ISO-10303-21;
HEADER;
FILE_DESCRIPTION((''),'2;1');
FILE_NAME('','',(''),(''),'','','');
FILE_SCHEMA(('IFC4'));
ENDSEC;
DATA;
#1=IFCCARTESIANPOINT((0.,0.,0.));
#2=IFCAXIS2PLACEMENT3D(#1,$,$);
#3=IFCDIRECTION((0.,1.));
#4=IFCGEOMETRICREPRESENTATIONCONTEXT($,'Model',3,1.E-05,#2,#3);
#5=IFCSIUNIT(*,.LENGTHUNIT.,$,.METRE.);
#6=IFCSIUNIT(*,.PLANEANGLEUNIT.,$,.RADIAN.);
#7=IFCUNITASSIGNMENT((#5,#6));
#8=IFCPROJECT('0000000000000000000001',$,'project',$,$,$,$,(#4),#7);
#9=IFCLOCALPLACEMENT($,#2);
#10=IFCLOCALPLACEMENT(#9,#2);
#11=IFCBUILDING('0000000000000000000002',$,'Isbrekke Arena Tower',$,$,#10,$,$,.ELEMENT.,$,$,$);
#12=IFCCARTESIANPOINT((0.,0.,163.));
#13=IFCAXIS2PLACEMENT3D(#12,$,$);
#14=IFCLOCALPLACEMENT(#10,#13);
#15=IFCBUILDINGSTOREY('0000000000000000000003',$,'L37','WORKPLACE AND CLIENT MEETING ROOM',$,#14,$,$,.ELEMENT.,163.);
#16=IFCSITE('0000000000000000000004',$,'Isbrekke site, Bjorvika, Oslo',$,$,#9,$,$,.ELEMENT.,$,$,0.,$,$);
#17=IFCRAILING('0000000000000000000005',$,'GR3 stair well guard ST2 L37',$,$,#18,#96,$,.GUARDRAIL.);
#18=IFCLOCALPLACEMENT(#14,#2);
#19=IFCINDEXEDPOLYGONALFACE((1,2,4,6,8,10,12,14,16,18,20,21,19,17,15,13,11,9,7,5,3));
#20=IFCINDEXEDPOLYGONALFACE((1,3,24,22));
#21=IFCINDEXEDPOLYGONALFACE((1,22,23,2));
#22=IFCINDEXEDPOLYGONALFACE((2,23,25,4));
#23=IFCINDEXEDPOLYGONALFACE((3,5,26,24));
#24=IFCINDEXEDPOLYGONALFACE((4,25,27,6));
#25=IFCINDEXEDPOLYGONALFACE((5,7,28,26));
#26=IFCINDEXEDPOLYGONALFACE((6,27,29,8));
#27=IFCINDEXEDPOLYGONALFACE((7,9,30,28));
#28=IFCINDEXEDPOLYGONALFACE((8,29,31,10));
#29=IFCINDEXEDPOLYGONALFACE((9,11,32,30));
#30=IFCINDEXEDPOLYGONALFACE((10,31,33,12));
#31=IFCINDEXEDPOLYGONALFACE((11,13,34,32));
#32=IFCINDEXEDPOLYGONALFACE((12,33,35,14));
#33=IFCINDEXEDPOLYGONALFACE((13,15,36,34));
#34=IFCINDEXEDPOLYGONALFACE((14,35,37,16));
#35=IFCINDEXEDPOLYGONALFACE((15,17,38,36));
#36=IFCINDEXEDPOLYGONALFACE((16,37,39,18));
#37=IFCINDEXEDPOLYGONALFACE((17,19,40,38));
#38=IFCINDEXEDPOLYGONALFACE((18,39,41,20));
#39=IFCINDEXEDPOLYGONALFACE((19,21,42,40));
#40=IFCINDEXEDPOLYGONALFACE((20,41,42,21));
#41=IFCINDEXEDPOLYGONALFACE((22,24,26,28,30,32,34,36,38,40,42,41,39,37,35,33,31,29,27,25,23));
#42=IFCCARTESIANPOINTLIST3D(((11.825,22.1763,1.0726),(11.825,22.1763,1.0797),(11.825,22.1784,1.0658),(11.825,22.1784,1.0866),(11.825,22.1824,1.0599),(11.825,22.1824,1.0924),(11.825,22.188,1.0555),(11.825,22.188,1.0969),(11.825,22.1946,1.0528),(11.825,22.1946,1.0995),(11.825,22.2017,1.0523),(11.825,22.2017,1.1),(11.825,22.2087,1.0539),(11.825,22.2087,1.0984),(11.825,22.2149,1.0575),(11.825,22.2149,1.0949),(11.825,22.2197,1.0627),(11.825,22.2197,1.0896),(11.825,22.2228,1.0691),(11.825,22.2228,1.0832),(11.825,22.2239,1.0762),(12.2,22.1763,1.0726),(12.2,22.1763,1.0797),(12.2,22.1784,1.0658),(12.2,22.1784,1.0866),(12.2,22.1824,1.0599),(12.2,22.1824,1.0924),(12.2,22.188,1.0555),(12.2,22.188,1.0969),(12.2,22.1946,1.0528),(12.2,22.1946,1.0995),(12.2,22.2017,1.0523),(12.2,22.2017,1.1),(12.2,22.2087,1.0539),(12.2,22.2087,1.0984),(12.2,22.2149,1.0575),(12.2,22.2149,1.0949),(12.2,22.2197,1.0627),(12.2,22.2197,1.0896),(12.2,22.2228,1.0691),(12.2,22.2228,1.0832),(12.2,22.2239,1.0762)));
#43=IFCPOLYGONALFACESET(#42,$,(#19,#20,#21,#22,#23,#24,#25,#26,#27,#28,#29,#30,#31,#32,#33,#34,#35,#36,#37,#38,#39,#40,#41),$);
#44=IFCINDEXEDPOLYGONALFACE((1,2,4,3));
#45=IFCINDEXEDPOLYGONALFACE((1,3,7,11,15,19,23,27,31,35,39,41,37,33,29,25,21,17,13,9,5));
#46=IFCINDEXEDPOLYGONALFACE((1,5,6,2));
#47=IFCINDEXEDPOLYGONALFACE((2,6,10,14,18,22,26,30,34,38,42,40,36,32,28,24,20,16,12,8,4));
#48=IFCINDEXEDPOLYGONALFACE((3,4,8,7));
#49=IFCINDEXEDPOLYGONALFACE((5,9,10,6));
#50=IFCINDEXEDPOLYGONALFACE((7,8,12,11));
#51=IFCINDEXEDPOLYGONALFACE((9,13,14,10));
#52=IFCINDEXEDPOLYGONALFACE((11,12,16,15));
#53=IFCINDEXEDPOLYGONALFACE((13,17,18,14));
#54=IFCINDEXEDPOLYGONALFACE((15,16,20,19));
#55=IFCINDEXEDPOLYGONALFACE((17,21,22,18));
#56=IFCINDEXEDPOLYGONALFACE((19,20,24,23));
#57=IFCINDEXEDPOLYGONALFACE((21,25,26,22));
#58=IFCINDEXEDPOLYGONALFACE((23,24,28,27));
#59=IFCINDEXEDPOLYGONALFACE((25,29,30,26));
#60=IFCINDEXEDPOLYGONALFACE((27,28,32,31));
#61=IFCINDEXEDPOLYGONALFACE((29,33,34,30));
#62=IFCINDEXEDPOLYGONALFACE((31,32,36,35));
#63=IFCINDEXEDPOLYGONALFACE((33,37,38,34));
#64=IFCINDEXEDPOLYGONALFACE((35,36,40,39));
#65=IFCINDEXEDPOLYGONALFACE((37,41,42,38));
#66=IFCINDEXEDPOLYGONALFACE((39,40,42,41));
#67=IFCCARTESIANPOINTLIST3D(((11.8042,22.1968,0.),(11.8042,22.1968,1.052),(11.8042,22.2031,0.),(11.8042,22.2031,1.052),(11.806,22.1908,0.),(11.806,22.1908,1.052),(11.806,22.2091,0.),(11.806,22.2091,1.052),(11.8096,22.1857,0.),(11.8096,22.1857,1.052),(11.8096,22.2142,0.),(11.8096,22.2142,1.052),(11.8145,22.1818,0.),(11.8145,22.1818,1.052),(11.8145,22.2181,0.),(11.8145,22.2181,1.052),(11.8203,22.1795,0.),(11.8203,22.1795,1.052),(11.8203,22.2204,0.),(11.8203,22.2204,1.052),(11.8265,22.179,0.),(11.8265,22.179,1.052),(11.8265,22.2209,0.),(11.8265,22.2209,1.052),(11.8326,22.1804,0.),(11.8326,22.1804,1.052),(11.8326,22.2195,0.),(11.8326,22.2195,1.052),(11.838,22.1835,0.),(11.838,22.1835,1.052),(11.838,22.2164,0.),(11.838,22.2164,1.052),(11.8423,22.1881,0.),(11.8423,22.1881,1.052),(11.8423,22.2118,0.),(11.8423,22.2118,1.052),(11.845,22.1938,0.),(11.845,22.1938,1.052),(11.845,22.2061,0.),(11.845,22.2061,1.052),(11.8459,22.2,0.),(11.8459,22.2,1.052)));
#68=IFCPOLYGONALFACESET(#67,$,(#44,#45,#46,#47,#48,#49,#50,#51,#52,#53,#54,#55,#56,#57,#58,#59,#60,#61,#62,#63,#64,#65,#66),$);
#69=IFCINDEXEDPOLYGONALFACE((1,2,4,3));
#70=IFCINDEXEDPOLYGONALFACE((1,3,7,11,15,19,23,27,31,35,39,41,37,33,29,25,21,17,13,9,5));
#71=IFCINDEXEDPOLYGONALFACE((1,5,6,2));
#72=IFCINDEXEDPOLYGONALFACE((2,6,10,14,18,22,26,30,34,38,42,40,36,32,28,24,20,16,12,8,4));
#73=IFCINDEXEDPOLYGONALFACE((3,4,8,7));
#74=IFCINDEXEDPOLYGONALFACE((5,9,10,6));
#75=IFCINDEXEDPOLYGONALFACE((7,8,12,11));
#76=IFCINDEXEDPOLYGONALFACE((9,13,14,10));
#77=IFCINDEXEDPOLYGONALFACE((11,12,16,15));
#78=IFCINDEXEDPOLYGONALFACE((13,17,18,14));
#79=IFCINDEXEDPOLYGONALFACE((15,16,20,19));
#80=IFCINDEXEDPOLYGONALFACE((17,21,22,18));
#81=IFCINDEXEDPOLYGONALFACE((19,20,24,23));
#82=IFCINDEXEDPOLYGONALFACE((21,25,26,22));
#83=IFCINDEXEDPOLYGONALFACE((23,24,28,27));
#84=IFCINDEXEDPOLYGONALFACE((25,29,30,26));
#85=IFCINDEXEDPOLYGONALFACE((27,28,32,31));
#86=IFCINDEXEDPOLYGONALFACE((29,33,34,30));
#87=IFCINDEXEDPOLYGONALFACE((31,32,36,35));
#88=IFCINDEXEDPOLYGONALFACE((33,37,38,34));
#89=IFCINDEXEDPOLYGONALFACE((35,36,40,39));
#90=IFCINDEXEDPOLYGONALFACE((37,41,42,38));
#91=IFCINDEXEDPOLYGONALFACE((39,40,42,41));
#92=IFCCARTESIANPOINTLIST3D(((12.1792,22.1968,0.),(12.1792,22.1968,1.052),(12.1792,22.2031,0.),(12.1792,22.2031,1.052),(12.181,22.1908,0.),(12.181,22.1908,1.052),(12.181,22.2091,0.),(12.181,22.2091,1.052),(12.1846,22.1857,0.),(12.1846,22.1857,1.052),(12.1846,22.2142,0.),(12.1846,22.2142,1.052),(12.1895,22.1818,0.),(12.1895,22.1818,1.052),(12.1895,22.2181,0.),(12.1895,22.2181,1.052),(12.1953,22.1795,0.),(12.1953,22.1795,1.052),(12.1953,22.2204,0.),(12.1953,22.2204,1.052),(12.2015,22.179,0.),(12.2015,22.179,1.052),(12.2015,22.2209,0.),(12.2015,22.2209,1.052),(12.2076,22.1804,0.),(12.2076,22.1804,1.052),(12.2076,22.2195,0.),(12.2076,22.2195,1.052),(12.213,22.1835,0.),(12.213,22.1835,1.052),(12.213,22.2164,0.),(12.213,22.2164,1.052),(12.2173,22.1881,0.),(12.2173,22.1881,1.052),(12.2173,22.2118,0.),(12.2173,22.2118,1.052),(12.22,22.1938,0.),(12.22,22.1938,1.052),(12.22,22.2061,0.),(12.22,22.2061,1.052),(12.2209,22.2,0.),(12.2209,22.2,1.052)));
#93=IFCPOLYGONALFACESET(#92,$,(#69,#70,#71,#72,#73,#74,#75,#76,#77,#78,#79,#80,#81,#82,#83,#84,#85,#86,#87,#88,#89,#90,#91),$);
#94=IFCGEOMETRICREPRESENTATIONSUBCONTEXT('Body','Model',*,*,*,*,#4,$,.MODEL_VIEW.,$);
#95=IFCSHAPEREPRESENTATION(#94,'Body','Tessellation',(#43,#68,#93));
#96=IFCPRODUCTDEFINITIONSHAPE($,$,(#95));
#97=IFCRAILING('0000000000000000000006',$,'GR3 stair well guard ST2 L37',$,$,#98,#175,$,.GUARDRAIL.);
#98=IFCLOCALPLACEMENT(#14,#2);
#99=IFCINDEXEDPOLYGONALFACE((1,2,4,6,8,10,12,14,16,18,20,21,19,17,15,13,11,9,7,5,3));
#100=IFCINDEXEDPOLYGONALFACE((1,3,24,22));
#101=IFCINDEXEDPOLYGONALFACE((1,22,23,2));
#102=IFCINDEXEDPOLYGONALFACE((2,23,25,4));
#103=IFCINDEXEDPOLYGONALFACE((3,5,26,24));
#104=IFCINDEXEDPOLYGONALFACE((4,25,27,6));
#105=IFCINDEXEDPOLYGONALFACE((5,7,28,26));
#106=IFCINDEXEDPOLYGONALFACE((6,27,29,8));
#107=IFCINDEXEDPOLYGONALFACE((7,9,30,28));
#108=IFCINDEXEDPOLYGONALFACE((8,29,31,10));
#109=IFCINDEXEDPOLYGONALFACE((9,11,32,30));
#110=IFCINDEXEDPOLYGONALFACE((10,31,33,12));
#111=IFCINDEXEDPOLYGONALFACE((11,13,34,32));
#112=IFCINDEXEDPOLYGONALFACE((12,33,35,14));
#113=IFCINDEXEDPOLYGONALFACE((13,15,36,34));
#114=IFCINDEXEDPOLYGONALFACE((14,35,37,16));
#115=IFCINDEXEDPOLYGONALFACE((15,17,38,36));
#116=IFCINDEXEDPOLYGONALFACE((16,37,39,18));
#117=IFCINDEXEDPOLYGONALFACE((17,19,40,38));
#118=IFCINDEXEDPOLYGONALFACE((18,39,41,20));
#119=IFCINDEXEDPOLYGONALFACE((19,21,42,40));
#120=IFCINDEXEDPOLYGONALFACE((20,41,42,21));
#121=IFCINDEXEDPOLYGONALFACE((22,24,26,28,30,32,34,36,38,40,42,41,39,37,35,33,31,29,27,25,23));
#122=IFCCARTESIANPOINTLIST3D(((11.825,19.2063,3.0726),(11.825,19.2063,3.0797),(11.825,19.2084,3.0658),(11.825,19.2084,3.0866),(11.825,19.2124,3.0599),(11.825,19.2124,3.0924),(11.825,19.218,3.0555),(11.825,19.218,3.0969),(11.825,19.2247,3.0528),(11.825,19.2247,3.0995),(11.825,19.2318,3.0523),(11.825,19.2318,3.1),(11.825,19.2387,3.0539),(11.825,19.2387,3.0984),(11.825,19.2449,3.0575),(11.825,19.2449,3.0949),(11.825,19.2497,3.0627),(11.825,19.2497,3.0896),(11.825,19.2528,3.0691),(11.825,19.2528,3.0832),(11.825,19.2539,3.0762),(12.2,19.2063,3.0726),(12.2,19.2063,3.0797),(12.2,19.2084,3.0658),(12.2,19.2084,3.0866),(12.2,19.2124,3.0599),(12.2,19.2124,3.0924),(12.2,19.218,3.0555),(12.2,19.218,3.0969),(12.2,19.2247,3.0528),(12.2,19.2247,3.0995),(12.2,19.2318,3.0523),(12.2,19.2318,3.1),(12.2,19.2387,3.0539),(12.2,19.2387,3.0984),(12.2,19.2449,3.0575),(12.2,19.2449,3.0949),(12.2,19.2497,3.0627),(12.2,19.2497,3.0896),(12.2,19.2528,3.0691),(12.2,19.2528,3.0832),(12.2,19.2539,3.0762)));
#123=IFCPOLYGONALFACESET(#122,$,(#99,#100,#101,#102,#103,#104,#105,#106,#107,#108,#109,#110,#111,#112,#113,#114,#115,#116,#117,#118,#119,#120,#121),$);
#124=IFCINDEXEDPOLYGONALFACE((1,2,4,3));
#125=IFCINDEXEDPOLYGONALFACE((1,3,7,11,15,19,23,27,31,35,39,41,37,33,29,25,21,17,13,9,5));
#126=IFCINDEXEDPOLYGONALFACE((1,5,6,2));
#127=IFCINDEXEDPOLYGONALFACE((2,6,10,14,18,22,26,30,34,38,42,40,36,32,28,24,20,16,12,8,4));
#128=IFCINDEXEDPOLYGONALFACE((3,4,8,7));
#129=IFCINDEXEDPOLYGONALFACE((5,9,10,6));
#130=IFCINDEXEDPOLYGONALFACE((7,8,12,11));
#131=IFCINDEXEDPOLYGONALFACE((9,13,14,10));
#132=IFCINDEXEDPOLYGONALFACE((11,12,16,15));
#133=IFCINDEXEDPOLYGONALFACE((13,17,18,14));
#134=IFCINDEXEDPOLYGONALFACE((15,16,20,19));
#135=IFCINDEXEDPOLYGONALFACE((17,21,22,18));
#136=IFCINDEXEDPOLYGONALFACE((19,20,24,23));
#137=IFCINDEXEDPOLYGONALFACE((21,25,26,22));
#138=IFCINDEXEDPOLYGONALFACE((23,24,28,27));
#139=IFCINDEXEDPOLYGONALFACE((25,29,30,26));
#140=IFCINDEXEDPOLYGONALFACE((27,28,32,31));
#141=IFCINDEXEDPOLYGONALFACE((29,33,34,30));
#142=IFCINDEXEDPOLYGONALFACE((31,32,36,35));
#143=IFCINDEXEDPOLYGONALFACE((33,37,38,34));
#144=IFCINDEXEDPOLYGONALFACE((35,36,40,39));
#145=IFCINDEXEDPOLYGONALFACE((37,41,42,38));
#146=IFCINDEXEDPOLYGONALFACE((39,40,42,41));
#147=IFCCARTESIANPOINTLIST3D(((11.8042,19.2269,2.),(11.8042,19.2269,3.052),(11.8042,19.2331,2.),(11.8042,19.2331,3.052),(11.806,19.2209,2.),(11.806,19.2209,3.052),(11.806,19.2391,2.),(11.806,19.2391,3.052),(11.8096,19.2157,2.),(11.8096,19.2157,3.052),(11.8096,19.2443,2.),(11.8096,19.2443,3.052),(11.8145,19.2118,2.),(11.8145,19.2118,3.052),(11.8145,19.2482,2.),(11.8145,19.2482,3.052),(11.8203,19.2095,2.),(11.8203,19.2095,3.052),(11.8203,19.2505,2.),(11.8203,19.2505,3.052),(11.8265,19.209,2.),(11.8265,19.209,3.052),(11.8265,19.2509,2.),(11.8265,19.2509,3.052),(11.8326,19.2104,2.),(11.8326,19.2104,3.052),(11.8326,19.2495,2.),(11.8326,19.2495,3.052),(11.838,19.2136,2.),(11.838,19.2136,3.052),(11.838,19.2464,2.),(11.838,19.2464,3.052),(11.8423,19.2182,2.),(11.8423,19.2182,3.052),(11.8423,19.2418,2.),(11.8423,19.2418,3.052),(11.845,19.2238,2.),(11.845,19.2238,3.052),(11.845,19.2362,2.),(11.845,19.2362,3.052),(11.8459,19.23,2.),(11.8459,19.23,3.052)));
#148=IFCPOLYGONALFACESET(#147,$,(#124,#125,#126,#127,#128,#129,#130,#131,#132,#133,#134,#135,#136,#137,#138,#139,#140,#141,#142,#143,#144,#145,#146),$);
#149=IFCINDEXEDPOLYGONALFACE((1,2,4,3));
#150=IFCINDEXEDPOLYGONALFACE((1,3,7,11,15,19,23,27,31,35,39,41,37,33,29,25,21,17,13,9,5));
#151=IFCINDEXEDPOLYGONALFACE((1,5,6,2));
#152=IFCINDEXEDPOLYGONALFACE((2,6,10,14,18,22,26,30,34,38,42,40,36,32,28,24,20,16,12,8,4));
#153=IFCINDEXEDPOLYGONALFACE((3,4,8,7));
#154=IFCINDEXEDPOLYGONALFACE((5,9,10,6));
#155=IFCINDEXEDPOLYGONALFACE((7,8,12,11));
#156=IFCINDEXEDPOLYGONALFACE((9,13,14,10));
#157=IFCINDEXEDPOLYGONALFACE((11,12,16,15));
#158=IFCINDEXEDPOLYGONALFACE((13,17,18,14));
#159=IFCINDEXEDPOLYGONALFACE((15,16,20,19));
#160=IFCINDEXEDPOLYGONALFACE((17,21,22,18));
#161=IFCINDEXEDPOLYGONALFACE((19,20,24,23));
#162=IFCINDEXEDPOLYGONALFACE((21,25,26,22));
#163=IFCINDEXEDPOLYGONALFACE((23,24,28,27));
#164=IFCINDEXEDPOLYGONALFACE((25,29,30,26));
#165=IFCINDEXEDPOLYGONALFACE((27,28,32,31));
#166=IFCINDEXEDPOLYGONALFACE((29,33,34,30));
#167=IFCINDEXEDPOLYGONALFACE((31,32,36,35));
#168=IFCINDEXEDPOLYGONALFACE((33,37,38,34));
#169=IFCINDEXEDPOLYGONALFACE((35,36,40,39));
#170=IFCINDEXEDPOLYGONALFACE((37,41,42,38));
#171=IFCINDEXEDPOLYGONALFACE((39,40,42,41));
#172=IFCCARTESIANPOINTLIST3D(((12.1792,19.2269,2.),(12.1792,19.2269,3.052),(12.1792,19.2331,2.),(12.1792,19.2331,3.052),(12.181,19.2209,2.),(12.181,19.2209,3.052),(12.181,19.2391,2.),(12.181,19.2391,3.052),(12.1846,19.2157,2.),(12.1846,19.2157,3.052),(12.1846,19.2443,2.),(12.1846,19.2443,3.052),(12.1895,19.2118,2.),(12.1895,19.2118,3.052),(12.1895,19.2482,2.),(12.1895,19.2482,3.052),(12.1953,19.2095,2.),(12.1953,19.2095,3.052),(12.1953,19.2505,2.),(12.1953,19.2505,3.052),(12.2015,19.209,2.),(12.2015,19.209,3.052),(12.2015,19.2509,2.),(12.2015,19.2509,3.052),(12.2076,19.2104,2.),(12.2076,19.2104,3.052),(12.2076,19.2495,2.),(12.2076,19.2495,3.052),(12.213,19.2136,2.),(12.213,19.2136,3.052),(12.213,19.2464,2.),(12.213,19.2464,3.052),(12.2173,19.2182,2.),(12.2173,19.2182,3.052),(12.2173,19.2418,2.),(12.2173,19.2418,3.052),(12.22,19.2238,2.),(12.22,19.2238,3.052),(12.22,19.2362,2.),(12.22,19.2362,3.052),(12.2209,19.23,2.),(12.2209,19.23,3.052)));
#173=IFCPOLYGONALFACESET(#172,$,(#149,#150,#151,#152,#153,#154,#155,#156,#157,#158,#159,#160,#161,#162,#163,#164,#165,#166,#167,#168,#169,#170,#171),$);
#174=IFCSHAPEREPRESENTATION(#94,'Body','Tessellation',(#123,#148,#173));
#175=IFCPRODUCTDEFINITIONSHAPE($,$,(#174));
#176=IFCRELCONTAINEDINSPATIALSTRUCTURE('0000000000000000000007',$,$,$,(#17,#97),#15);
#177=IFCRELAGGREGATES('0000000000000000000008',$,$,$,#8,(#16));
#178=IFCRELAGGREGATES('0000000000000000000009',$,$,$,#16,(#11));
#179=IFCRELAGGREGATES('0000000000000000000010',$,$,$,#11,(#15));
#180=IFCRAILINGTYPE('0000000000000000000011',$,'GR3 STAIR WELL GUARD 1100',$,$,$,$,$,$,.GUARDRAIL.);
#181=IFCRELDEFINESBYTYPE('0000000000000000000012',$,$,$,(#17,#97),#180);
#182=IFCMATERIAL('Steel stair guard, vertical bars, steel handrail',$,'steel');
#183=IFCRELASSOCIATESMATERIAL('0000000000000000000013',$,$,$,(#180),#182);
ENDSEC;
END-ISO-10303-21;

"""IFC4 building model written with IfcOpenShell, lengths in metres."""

from ifc_helpers import new_model, si_unit, direction, frame, origin, origin_2d, place, context, subcontext, project, spatial, circle, extrude, material, type_object, element, save


model = new_model("IFC4")

# Units and contexts
model_context = context("Model", 3, precision=1e-05, world=origin(), true_north=direction((0.0, 1.0)))
body_context = subcontext(model_context, "Body", "Model", "MODEL_VIEW")
ifc_project = project(units=[si_unit("LENGTHUNIT", "METRE"), si_unit("PLANEANGLEUNIT", "RADIAN")], contexts=[model_context])

# Site, building, storey
site_placement = place(None, origin())
site = spatial("IfcSite", under=ifc_project, at=site_placement, Name="Isbrekke site, Bjorvika, Oslo", CompositionType="ELEMENT", RefElevation=0.0)
building_placement = place(site_placement, origin())
building = spatial("IfcBuilding", under=site, at=building_placement, Name="Isbrekke Arena Tower", CompositionType="ELEMENT")
storey_placement = place(building_placement, frame((0.0, 0.0, 163.0)))
storey = spatial("IfcBuildingStorey", under=building, at=storey_placement, Name="L37", Description="WORKPLACE AND CLIENT MEETING ROOM", CompositionType="ELEMENT", Elevation=163.0)

# Railings
ifc_material_1 = material(Name="Steel stair guard, vertical bars, steel handrail", Category="steel")
railing_type = type_object("IfcRailingType", Name="GR3 STAIR WELL GUARD 1100", PredefinedType="GUARDRAIL", material=ifc_material_1)
for number, where, name in (
    (1, (11.825, 22.2, 0.0), "GR3 stair well guard ST2 L37"),
    (2, (11.825, 19.23, 2.0), "GR3 stair well guard ST2 L37"),
):
    element("IfcRailing", number, at=place(storey_placement, frame(where)), inside=storey, type_object=railing_type, Name=name, PredefinedType="GUARDRAIL", context=body_context, shape_type="SweptSolid", body=[
        extrude(circle(Radius=0.0239, at=origin_2d()), frame((0.0, 0.0, 1.0762), z_axis=(1.0, 0.0, 0.0), x_axis=(0.0, 1.0, 0.0)), (0.0, 0.0, 1.0), 0.375),
        extrude(circle(Radius=0.021, at=origin_2d()), origin(), (0.0, 0.0, 1.0), 1.052),
        extrude(circle(Radius=0.021, at=origin_2d()), frame((0.375, 0.0, 0.0)), (0.0, 0.0, 1.0), 1.052),
    ])

save(model, "model.ifc")
